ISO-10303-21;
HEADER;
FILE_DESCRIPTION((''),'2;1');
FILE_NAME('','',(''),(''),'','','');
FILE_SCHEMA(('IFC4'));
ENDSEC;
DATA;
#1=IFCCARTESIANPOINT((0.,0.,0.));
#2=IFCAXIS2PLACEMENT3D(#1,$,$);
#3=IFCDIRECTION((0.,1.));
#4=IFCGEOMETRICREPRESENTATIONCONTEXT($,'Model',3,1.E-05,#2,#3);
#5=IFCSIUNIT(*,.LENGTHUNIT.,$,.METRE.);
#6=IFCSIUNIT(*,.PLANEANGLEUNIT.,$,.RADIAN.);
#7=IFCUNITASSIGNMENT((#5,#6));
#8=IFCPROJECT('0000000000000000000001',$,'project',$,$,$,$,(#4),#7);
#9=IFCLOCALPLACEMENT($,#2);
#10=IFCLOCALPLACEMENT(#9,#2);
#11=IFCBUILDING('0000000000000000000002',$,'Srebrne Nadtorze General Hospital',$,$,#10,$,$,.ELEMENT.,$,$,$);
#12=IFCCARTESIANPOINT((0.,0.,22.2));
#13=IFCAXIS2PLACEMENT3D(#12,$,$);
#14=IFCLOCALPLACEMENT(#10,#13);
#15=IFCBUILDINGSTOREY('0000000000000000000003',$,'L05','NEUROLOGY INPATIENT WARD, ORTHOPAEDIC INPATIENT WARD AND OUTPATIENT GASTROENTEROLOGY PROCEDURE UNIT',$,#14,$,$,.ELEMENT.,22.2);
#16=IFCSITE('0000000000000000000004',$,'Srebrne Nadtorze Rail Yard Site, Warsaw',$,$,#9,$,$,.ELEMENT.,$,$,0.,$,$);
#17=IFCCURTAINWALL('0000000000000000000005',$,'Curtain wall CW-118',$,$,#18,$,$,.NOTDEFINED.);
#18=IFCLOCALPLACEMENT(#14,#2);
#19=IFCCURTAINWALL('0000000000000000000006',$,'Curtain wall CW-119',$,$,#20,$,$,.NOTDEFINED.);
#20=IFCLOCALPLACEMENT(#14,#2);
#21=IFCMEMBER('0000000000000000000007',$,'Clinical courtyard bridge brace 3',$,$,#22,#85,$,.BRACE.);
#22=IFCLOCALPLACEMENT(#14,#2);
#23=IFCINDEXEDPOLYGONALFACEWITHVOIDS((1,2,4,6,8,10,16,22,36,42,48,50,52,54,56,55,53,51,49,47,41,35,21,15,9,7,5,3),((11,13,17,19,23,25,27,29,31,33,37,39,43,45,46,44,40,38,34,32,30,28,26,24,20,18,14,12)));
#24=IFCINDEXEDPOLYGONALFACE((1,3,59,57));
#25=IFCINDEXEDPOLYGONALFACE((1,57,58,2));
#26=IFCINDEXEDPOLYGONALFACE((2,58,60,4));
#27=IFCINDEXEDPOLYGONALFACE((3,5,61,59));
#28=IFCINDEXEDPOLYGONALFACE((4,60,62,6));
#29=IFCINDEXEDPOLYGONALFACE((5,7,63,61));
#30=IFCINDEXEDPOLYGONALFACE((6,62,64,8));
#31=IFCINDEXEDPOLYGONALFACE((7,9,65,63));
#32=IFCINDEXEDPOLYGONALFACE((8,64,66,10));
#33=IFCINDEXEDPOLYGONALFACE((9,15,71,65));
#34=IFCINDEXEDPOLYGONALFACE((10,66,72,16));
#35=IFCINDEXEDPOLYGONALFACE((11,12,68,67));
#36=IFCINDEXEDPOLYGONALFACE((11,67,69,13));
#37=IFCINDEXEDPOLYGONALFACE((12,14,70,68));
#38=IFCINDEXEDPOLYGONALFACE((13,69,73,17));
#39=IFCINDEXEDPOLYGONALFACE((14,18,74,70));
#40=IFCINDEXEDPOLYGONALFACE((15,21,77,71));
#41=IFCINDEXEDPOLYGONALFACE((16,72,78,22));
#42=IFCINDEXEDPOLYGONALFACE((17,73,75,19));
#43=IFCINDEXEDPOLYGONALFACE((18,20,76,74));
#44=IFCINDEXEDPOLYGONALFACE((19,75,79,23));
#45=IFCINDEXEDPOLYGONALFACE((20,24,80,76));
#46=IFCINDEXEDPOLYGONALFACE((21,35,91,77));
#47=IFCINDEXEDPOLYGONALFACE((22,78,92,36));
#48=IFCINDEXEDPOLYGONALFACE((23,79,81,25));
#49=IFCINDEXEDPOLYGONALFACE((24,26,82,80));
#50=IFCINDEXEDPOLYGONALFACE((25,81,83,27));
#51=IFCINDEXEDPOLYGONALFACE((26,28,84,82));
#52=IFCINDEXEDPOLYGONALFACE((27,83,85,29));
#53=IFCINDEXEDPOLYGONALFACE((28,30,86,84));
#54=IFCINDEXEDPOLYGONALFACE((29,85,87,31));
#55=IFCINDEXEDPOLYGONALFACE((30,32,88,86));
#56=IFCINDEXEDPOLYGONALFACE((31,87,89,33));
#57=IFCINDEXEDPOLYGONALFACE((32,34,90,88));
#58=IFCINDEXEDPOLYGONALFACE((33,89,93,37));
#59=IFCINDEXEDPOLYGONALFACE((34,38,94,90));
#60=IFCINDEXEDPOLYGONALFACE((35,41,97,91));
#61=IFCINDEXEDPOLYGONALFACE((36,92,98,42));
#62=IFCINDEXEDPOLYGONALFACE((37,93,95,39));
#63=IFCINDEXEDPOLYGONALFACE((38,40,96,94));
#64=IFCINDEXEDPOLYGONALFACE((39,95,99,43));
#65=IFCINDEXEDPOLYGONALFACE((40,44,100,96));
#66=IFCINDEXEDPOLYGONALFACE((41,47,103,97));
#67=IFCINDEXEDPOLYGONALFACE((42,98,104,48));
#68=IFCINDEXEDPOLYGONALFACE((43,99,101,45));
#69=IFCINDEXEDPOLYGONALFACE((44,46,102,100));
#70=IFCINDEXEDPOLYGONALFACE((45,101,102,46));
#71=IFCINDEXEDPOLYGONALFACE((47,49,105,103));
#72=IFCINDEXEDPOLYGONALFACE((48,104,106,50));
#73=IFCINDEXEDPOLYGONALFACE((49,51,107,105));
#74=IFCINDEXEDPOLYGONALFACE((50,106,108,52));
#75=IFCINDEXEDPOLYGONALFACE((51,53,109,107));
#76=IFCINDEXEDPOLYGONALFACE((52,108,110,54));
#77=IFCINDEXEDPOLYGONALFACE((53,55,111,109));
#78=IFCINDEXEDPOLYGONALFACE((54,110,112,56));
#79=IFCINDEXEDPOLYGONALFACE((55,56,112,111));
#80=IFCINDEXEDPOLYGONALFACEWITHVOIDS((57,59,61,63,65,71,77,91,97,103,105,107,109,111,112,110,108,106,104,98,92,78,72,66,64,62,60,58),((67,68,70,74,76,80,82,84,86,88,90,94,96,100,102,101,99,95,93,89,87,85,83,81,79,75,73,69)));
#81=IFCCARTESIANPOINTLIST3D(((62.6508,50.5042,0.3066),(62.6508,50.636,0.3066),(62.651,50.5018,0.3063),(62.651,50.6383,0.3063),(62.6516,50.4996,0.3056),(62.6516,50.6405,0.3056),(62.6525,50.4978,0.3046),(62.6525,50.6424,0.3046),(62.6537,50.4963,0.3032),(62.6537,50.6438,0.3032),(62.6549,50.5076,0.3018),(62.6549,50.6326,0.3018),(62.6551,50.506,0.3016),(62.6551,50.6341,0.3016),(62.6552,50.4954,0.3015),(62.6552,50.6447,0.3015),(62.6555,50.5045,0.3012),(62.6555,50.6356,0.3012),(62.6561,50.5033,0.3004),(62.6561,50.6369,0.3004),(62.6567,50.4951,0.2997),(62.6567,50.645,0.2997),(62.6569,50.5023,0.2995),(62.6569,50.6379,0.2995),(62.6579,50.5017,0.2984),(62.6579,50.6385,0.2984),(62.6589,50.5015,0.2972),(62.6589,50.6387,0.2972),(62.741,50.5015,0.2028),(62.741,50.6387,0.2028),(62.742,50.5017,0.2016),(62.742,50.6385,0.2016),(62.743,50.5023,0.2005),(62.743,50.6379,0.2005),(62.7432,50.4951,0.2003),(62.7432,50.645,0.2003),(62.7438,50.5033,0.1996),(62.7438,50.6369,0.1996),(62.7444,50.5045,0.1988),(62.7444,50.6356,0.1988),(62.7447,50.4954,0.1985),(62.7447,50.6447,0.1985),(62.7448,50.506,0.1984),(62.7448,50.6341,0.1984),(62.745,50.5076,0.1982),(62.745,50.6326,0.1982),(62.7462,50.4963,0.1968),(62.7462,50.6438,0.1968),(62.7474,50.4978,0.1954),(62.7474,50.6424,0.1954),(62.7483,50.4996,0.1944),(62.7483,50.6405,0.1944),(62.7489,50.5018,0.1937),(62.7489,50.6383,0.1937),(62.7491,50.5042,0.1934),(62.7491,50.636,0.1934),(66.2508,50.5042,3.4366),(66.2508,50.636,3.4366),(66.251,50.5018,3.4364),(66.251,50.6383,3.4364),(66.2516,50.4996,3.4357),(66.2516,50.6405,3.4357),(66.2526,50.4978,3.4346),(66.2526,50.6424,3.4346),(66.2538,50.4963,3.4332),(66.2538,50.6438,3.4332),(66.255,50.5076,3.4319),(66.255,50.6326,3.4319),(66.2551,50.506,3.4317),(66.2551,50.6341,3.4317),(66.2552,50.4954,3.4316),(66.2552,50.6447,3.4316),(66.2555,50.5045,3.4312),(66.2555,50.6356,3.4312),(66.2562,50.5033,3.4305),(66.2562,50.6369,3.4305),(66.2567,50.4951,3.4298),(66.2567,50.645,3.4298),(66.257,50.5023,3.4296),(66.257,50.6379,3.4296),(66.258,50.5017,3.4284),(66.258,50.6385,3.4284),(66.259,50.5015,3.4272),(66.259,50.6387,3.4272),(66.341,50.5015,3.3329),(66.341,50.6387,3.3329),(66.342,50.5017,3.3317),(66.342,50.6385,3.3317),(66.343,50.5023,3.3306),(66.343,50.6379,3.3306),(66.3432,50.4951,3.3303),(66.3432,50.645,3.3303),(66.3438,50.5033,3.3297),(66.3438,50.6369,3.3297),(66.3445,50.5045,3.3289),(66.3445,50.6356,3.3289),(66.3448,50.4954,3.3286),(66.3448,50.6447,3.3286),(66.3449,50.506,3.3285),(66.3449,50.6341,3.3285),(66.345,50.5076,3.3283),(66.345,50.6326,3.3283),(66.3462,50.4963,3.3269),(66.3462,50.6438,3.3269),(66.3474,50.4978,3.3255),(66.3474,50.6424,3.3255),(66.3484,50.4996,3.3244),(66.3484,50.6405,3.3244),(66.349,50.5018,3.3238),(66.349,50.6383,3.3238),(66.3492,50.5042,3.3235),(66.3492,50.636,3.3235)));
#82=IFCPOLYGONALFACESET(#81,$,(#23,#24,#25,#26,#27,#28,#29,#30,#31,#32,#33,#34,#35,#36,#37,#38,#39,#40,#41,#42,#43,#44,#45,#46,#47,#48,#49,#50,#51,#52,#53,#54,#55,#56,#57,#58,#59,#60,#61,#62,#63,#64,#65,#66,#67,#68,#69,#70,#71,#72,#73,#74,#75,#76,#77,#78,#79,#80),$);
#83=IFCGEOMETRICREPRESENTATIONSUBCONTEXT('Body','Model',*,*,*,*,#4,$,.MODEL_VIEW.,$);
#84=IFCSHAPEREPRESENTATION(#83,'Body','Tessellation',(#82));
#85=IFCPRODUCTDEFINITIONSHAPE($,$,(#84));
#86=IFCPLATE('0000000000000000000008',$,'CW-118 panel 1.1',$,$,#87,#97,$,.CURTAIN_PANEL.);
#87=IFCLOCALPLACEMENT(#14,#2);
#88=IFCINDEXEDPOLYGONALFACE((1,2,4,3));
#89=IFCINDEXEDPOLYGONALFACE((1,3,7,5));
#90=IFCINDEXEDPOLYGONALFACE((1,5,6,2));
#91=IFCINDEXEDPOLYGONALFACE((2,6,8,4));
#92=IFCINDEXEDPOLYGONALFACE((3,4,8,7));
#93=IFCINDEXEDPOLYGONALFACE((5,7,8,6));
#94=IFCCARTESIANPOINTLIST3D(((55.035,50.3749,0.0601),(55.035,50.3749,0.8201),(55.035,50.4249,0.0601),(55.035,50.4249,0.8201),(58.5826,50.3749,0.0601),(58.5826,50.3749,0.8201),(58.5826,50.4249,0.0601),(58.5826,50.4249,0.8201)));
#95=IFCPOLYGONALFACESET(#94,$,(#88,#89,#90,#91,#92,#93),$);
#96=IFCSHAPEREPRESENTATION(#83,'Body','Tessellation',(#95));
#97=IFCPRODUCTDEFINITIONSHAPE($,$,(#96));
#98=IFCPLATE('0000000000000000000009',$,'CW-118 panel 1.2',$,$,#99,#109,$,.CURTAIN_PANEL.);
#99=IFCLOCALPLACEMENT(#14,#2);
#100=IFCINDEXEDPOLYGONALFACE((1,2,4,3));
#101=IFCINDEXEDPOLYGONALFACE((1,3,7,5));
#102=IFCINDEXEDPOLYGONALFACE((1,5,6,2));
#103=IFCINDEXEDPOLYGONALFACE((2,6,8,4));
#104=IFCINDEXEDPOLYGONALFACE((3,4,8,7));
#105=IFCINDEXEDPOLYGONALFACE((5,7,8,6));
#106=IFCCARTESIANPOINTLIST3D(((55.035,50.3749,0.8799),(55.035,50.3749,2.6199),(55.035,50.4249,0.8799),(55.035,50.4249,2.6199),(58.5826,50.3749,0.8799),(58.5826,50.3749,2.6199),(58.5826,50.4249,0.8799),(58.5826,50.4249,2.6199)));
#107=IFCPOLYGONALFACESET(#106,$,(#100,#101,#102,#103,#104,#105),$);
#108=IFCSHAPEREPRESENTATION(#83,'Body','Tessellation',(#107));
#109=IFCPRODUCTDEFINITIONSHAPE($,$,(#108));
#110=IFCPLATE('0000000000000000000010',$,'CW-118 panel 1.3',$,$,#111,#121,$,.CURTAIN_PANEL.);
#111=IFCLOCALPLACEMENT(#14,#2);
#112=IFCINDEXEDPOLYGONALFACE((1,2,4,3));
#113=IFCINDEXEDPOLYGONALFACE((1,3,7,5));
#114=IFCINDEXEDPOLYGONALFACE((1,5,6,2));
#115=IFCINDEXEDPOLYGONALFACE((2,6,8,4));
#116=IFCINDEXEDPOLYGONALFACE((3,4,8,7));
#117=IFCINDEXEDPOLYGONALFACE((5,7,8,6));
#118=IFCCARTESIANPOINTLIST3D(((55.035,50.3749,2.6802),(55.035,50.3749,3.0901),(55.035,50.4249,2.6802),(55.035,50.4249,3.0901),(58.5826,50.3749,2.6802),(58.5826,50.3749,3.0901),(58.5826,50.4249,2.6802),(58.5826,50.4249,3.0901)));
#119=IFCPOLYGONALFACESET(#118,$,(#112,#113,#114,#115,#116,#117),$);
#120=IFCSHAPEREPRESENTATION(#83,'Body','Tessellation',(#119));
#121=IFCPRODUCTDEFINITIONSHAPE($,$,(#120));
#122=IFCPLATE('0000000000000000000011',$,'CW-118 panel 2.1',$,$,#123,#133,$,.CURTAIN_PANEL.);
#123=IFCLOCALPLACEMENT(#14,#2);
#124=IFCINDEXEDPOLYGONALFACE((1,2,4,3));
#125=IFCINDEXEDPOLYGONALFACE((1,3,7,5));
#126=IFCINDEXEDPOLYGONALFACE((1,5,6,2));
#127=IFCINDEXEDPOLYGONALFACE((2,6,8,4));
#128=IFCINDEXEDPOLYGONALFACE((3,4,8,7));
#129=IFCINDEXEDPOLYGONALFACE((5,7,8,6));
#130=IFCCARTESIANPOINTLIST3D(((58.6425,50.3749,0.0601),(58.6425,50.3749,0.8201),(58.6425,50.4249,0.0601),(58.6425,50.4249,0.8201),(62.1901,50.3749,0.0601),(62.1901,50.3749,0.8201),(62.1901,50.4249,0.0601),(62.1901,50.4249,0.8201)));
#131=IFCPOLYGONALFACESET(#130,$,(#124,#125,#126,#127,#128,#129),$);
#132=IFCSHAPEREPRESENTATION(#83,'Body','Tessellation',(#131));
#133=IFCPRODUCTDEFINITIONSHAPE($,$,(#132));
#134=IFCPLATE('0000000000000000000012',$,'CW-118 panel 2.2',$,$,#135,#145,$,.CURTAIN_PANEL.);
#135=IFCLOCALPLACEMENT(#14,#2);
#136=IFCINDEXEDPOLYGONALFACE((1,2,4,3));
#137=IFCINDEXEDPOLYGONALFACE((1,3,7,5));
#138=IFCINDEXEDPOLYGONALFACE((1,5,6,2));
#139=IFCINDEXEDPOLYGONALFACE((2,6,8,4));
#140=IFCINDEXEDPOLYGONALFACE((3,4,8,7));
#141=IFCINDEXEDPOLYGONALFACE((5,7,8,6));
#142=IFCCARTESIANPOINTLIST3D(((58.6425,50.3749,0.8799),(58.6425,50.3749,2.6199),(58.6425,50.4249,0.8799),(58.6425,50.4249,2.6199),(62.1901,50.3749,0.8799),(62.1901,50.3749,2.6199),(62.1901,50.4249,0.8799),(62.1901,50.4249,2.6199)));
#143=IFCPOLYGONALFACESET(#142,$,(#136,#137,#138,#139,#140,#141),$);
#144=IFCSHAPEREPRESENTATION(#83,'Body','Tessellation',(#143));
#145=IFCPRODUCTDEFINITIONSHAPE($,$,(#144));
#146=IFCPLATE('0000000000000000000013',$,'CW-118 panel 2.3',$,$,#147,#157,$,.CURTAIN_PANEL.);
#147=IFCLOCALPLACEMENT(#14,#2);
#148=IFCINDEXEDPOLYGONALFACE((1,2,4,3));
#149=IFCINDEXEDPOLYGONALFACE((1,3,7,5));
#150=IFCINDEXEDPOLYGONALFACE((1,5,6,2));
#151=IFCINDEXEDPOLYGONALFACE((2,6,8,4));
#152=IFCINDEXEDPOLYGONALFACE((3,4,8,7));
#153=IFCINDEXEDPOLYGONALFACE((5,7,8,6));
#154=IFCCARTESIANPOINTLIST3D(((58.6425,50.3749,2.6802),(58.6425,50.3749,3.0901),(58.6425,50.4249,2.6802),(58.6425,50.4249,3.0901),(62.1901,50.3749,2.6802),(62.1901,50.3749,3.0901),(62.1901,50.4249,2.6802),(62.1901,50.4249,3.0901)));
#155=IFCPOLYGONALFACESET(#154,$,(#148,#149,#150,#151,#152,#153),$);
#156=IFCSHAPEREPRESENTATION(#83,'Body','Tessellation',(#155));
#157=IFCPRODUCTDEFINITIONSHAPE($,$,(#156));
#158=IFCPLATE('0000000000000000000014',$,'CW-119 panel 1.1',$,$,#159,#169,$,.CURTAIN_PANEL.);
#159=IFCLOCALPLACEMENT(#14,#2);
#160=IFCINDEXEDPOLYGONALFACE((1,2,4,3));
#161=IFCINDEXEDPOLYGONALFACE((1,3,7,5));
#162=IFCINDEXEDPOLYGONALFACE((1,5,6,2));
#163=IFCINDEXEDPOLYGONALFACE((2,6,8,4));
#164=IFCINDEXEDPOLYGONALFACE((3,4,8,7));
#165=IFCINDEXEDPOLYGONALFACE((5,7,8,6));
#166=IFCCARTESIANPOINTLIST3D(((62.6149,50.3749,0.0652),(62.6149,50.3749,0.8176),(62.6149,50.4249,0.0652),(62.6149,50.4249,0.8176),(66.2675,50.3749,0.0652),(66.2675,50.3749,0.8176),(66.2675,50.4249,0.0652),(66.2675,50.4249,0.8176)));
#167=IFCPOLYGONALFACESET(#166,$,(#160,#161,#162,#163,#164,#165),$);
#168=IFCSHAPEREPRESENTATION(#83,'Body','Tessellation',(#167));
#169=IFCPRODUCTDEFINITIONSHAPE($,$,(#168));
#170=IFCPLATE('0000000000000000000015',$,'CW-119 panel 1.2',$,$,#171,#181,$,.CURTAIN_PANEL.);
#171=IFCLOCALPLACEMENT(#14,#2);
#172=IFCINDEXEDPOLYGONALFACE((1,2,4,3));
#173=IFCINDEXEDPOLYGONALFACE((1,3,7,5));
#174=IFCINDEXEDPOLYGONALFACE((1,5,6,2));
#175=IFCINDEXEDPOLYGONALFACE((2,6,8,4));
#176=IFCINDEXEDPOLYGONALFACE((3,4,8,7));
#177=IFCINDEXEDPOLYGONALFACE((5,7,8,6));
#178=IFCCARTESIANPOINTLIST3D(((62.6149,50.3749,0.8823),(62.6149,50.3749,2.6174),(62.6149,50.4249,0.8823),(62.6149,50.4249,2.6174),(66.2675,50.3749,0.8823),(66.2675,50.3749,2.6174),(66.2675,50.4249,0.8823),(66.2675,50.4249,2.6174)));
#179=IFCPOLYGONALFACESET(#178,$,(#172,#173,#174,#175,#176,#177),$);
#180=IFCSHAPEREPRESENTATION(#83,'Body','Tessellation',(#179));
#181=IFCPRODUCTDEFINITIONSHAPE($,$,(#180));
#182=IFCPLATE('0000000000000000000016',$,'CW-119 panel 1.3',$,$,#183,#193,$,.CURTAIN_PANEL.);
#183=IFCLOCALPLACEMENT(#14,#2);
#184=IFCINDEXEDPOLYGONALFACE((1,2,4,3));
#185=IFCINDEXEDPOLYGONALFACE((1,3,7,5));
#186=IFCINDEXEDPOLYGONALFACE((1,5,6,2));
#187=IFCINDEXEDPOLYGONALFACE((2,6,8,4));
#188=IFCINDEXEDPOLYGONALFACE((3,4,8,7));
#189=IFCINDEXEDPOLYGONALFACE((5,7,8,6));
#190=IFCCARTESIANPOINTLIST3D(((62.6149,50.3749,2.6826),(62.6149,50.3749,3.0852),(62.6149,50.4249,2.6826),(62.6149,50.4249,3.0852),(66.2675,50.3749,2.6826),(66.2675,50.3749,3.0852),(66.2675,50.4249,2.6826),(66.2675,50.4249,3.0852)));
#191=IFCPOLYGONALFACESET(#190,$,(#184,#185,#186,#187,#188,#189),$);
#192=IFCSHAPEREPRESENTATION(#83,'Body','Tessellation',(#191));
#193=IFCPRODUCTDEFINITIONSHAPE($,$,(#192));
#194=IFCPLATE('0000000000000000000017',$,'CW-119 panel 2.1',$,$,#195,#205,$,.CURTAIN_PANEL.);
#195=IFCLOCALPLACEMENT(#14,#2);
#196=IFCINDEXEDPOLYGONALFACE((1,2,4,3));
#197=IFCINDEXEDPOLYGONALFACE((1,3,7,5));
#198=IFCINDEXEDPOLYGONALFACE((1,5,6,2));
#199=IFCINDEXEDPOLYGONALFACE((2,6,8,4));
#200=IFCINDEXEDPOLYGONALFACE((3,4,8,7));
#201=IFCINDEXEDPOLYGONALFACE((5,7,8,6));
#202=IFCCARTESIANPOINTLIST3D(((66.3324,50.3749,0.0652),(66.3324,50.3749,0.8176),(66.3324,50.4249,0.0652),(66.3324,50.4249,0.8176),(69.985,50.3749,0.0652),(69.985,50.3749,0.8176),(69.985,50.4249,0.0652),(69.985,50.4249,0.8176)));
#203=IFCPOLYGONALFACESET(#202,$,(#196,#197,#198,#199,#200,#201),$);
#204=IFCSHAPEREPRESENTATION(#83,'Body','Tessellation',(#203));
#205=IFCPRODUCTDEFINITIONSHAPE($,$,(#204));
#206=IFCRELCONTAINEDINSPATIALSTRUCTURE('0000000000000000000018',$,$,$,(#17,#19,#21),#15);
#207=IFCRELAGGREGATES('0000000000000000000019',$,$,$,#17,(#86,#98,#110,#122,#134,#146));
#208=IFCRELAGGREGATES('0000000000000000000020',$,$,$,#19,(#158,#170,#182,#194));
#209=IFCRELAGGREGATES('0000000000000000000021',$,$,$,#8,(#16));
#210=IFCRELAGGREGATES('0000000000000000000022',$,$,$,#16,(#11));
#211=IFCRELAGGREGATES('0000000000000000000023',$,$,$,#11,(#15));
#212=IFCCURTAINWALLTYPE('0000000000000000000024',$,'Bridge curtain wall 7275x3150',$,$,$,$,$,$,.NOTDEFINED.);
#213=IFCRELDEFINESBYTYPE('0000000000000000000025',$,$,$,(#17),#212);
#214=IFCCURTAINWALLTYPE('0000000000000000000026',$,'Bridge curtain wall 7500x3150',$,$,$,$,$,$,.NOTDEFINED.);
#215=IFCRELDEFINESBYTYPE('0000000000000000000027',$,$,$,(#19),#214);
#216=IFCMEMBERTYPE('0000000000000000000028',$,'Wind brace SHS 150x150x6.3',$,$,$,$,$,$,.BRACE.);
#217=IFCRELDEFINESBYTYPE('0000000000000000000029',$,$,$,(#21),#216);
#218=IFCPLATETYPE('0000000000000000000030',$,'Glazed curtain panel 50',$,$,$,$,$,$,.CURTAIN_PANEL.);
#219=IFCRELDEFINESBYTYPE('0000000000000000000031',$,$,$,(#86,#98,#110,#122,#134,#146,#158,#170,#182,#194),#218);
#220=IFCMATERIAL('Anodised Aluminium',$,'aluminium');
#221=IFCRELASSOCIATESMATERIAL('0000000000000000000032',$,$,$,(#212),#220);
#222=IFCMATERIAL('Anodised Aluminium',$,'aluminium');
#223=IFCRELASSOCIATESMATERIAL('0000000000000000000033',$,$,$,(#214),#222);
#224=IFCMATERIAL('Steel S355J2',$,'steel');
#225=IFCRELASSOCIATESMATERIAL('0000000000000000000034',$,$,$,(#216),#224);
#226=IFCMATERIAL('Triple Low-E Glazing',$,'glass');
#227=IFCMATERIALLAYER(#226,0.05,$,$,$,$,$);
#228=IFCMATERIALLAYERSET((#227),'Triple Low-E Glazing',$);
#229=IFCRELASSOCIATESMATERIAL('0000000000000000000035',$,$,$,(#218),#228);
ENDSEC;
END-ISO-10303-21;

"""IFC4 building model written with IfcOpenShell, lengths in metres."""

from ifc_helpers import new_model, si_unit, direction, frame, origin, origin_2d, place, context, subcontext, project, spatial, rectangle, hollow_rectangle, extrude, material, layer, layer_set, material_profile, profile_set, type_object, element, aggregate, save


model = new_model("IFC4")

# Units and contexts
model_context = context("Model", 3, precision=1e-05, world=origin(), true_north=direction((0.0, 1.0)))
body_context = subcontext(model_context, "Body", "Model", "MODEL_VIEW")
ifc_project = project(units=[si_unit("LENGTHUNIT", "METRE"), si_unit("PLANEANGLEUNIT", "RADIAN")], contexts=[model_context])

# Site, building, storey
site_placement = place(None, origin())
site = spatial("IfcSite", under=ifc_project, at=site_placement, Name="Srebrne Nadtorze Rail Yard Site, Warsaw", CompositionType="ELEMENT", RefElevation=0.0)
building_placement = place(site_placement, origin())
building = spatial("IfcBuilding", under=site, at=building_placement, Name="Srebrne Nadtorze General Hospital", CompositionType="ELEMENT")
storey_placement = place(building_placement, frame((0.0, 0.0, 22.2)))
storey = spatial("IfcBuildingStorey", under=building, at=storey_placement, Name="L05", Description="NEUROLOGY INPATIENT WARD, ORTHOPAEDIC INPATIENT WARD AND OUTPATIENT GASTROENTEROLOGY PROCEDURE UNIT", CompositionType="ELEMENT", Elevation=22.2)

# Curtain walls
ifc_material_1 = material(Name="Anodised Aluminium", Category="aluminium")
curtain_wall_type_1 = type_object("IfcCurtainWallType", Name="Bridge curtain wall 7275x3150", PredefinedType="NOTDEFINED", material=ifc_material_1)
curtain_wall_1_placement = place(storey_placement, origin())
curtain_wall_1 = element("IfcCurtainWall", 1, at=curtain_wall_1_placement, inside=storey, type_object=curtain_wall_type_1, Name="Curtain wall CW-118", PredefinedType="NOTDEFINED")
ifc_material_2 = material(Name="Anodised Aluminium", Category="aluminium")
curtain_wall_type_2 = type_object("IfcCurtainWallType", Name="Bridge curtain wall 7500x3150", PredefinedType="NOTDEFINED", material=ifc_material_2)
curtain_wall_2_placement = place(storey_placement, origin())
curtain_wall_2 = element("IfcCurtainWall", 2, at=curtain_wall_2_placement, inside=storey, type_object=curtain_wall_type_2, Name="Curtain wall CW-119", PredefinedType="NOTDEFINED")

# Member
ifc_material_3 = material(Name="Steel S355J2", Category="steel")
ifc_material_profile_1 = material_profile(ifc_material_3, hollow_rectangle(XDim=0.1499, YDim=0.1499, WallThickness=0.0063, InnerFilletRadius=0.0061, OuterFilletRadius=0.009, at=origin_2d()), Name="SHS-150x150x6.3")
ifc_profile_set_1 = profile_set([ifc_material_profile_1], Name="Steel S355J2")
member_type_1 = type_object("IfcMemberType", Name="Wind brace SHS 150x150x6.3", PredefinedType="BRACE", material=ifc_profile_set_1)
member_1_placement = place(storey_placement, frame((62.7, 50.5701, 0.25), z_axis=(0.754646, 0.0, 0.656132), x_axis=(0.0, 1.0, 0.0)))
element("IfcMember", 3, at=member_1_placement, inside=storey, type_object=member_type_1, Name="Clinical courtyard bridge brace 3", PredefinedType="BRACE", context=body_context, shape_type="SweptSolid", body=[
    extrude(hollow_rectangle(XDim=0.1499, YDim=0.1499, WallThickness=0.0063, InnerFilletRadius=0.0061, OuterFilletRadius=0.009, at=origin_2d()), origin(), (0.0, 0.0, 1.0), 4.7705),
])

# Plates
ifc_material_4 = material(Name="Triple Low-E Glazing", Category="glass")
ifc_layer_1 = layer(ifc_material_4, 0.05)
ifc_layer_set_1 = layer_set([ifc_layer_1], Name="Triple Low-E Glazing")
plate_type = type_object("IfcPlateType", Name="Glazed curtain panel 50", PredefinedType="CURTAIN_PANEL", material=ifc_layer_set_1)
plate_1_placement = place(storey_placement, frame((56.8088, 50.3999, 0.0601), z_axis=(0.0, 0.0, 1.0), x_axis=(1.0, 0.0, 0.0)))
plate_1 = element("IfcPlate", 4, at=plate_1_placement, type_object=plate_type, Name="CW-118 panel 1.1", PredefinedType="CURTAIN_PANEL", context=body_context, shape_type="SweptSolid", body=[
    extrude(rectangle(XDim=3.5476, YDim=0.05, at=origin_2d()), origin(), (0.0, 0.0, 1.0), 0.76),
])
plate_2_placement = place(storey_placement, frame((56.8088, 50.3999, 0.8799), z_axis=(0.0, 0.0, 1.0), x_axis=(1.0, 0.0, 0.0)))
plate_2 = element("IfcPlate", 5, at=plate_2_placement, type_object=plate_type, Name="CW-118 panel 1.2", PredefinedType="CURTAIN_PANEL", context=body_context, shape_type="SweptSolid", body=[
    extrude(rectangle(XDim=3.5476, YDim=0.05, at=origin_2d()), origin(), (0.0, 0.0, 1.0), 1.74),
])
plate_3_placement = place(storey_placement, frame((56.8088, 50.3999, 2.6802), z_axis=(0.0, 0.0, 1.0), x_axis=(1.0, 0.0, 0.0)))
plate_3 = element("IfcPlate", 6, at=plate_3_placement, type_object=plate_type, Name="CW-118 panel 1.3", PredefinedType="CURTAIN_PANEL", context=body_context, shape_type="SweptSolid", body=[
    extrude(rectangle(XDim=3.5476, YDim=0.05, at=origin_2d()), origin(), (0.0, 0.0, 1.0), 0.4099),
])
plate_4_placement = place(storey_placement, frame((60.4163, 50.3999, 0.0601), z_axis=(0.0, 0.0, 1.0), x_axis=(1.0, 0.0, 0.0)))
plate_4 = element("IfcPlate", 7, at=plate_4_placement, type_object=plate_type, Name="CW-118 panel 2.1", PredefinedType="CURTAIN_PANEL", context=body_context, shape_type="SweptSolid", body=[
    extrude(rectangle(XDim=3.5476, YDim=0.05, at=origin_2d()), origin(), (0.0, 0.0, 1.0), 0.76),
])
plate_5_placement = place(storey_placement, frame((60.4163, 50.3999, 0.8799), z_axis=(0.0, 0.0, 1.0), x_axis=(1.0, 0.0, 0.0)))
plate_5 = element("IfcPlate", 8, at=plate_5_placement, type_object=plate_type, Name="CW-118 panel 2.2", PredefinedType="CURTAIN_PANEL", context=body_context, shape_type="SweptSolid", body=[
    extrude(rectangle(XDim=3.5476, YDim=0.05, at=origin_2d()), origin(), (0.0, 0.0, 1.0), 1.74),
])
plate_6_placement = place(storey_placement, frame((60.4163, 50.3999, 2.6802), z_axis=(0.0, 0.0, 1.0), x_axis=(1.0, 0.0, 0.0)))
plate_6 = element("IfcPlate", 9, at=plate_6_placement, type_object=plate_type, Name="CW-118 panel 2.3", PredefinedType="CURTAIN_PANEL", context=body_context, shape_type="SweptSolid", body=[
    extrude(rectangle(XDim=3.5476, YDim=0.05, at=origin_2d()), origin(), (0.0, 0.0, 1.0), 0.4099),
])
aggregate(curtain_wall_1, [plate_1, plate_2, plate_3, plate_4, plate_5, plate_6])
plate_7_placement = place(storey_placement, frame((64.4412, 50.3999, 0.0652), z_axis=(0.0, 0.0, 1.0), x_axis=(1.0, 0.0, 0.0)))
plate_7 = element("IfcPlate", 10, at=plate_7_placement, type_object=plate_type, Name="CW-119 panel 1.1", PredefinedType="CURTAIN_PANEL", context=body_context, shape_type="SweptSolid", body=[
    extrude(rectangle(XDim=3.6526, YDim=0.05, at=origin_2d()), origin(), (0.0, 0.0, 1.0), 0.7524),
])
plate_8_placement = place(storey_placement, frame((64.4412, 50.3999, 0.8823), z_axis=(0.0, 0.0, 1.0), x_axis=(1.0, 0.0, 0.0)))
plate_8 = element("IfcPlate", 11, at=plate_8_placement, type_object=plate_type, Name="CW-119 panel 1.2", PredefinedType="CURTAIN_PANEL", context=body_context, shape_type="SweptSolid", body=[
    extrude(rectangle(XDim=3.6526, YDim=0.05, at=origin_2d()), origin(), (0.0, 0.0, 1.0), 1.7351),
])
plate_9_placement = place(storey_placement, frame((64.4412, 50.3999, 2.6826), z_axis=(0.0, 0.0, 1.0), x_axis=(1.0, 0.0, 0.0)))
plate_9 = element("IfcPlate", 12, at=plate_9_placement, type_object=plate_type, Name="CW-119 panel 1.3", PredefinedType="CURTAIN_PANEL", context=body_context, shape_type="SweptSolid", body=[
    extrude(rectangle(XDim=3.6526, YDim=0.05, at=origin_2d()), origin(), (0.0, 0.0, 1.0), 0.4026),
])
plate_10_placement = place(storey_placement, frame((68.1587, 50.3999, 0.0652), z_axis=(0.0, 0.0, 1.0), x_axis=(1.0, 0.0, 0.0)))
plate_10 = element("IfcPlate", 13, at=plate_10_placement, type_object=plate_type, Name="CW-119 panel 2.1", PredefinedType="CURTAIN_PANEL", context=body_context, shape_type="SweptSolid", body=[
    extrude(rectangle(XDim=3.6526, YDim=0.05, at=origin_2d()), origin(), (0.0, 0.0, 1.0), 0.7524),
])
aggregate(curtain_wall_2, [plate_7, plate_8, plate_9, plate_10])

save(model, "model.ifc")
